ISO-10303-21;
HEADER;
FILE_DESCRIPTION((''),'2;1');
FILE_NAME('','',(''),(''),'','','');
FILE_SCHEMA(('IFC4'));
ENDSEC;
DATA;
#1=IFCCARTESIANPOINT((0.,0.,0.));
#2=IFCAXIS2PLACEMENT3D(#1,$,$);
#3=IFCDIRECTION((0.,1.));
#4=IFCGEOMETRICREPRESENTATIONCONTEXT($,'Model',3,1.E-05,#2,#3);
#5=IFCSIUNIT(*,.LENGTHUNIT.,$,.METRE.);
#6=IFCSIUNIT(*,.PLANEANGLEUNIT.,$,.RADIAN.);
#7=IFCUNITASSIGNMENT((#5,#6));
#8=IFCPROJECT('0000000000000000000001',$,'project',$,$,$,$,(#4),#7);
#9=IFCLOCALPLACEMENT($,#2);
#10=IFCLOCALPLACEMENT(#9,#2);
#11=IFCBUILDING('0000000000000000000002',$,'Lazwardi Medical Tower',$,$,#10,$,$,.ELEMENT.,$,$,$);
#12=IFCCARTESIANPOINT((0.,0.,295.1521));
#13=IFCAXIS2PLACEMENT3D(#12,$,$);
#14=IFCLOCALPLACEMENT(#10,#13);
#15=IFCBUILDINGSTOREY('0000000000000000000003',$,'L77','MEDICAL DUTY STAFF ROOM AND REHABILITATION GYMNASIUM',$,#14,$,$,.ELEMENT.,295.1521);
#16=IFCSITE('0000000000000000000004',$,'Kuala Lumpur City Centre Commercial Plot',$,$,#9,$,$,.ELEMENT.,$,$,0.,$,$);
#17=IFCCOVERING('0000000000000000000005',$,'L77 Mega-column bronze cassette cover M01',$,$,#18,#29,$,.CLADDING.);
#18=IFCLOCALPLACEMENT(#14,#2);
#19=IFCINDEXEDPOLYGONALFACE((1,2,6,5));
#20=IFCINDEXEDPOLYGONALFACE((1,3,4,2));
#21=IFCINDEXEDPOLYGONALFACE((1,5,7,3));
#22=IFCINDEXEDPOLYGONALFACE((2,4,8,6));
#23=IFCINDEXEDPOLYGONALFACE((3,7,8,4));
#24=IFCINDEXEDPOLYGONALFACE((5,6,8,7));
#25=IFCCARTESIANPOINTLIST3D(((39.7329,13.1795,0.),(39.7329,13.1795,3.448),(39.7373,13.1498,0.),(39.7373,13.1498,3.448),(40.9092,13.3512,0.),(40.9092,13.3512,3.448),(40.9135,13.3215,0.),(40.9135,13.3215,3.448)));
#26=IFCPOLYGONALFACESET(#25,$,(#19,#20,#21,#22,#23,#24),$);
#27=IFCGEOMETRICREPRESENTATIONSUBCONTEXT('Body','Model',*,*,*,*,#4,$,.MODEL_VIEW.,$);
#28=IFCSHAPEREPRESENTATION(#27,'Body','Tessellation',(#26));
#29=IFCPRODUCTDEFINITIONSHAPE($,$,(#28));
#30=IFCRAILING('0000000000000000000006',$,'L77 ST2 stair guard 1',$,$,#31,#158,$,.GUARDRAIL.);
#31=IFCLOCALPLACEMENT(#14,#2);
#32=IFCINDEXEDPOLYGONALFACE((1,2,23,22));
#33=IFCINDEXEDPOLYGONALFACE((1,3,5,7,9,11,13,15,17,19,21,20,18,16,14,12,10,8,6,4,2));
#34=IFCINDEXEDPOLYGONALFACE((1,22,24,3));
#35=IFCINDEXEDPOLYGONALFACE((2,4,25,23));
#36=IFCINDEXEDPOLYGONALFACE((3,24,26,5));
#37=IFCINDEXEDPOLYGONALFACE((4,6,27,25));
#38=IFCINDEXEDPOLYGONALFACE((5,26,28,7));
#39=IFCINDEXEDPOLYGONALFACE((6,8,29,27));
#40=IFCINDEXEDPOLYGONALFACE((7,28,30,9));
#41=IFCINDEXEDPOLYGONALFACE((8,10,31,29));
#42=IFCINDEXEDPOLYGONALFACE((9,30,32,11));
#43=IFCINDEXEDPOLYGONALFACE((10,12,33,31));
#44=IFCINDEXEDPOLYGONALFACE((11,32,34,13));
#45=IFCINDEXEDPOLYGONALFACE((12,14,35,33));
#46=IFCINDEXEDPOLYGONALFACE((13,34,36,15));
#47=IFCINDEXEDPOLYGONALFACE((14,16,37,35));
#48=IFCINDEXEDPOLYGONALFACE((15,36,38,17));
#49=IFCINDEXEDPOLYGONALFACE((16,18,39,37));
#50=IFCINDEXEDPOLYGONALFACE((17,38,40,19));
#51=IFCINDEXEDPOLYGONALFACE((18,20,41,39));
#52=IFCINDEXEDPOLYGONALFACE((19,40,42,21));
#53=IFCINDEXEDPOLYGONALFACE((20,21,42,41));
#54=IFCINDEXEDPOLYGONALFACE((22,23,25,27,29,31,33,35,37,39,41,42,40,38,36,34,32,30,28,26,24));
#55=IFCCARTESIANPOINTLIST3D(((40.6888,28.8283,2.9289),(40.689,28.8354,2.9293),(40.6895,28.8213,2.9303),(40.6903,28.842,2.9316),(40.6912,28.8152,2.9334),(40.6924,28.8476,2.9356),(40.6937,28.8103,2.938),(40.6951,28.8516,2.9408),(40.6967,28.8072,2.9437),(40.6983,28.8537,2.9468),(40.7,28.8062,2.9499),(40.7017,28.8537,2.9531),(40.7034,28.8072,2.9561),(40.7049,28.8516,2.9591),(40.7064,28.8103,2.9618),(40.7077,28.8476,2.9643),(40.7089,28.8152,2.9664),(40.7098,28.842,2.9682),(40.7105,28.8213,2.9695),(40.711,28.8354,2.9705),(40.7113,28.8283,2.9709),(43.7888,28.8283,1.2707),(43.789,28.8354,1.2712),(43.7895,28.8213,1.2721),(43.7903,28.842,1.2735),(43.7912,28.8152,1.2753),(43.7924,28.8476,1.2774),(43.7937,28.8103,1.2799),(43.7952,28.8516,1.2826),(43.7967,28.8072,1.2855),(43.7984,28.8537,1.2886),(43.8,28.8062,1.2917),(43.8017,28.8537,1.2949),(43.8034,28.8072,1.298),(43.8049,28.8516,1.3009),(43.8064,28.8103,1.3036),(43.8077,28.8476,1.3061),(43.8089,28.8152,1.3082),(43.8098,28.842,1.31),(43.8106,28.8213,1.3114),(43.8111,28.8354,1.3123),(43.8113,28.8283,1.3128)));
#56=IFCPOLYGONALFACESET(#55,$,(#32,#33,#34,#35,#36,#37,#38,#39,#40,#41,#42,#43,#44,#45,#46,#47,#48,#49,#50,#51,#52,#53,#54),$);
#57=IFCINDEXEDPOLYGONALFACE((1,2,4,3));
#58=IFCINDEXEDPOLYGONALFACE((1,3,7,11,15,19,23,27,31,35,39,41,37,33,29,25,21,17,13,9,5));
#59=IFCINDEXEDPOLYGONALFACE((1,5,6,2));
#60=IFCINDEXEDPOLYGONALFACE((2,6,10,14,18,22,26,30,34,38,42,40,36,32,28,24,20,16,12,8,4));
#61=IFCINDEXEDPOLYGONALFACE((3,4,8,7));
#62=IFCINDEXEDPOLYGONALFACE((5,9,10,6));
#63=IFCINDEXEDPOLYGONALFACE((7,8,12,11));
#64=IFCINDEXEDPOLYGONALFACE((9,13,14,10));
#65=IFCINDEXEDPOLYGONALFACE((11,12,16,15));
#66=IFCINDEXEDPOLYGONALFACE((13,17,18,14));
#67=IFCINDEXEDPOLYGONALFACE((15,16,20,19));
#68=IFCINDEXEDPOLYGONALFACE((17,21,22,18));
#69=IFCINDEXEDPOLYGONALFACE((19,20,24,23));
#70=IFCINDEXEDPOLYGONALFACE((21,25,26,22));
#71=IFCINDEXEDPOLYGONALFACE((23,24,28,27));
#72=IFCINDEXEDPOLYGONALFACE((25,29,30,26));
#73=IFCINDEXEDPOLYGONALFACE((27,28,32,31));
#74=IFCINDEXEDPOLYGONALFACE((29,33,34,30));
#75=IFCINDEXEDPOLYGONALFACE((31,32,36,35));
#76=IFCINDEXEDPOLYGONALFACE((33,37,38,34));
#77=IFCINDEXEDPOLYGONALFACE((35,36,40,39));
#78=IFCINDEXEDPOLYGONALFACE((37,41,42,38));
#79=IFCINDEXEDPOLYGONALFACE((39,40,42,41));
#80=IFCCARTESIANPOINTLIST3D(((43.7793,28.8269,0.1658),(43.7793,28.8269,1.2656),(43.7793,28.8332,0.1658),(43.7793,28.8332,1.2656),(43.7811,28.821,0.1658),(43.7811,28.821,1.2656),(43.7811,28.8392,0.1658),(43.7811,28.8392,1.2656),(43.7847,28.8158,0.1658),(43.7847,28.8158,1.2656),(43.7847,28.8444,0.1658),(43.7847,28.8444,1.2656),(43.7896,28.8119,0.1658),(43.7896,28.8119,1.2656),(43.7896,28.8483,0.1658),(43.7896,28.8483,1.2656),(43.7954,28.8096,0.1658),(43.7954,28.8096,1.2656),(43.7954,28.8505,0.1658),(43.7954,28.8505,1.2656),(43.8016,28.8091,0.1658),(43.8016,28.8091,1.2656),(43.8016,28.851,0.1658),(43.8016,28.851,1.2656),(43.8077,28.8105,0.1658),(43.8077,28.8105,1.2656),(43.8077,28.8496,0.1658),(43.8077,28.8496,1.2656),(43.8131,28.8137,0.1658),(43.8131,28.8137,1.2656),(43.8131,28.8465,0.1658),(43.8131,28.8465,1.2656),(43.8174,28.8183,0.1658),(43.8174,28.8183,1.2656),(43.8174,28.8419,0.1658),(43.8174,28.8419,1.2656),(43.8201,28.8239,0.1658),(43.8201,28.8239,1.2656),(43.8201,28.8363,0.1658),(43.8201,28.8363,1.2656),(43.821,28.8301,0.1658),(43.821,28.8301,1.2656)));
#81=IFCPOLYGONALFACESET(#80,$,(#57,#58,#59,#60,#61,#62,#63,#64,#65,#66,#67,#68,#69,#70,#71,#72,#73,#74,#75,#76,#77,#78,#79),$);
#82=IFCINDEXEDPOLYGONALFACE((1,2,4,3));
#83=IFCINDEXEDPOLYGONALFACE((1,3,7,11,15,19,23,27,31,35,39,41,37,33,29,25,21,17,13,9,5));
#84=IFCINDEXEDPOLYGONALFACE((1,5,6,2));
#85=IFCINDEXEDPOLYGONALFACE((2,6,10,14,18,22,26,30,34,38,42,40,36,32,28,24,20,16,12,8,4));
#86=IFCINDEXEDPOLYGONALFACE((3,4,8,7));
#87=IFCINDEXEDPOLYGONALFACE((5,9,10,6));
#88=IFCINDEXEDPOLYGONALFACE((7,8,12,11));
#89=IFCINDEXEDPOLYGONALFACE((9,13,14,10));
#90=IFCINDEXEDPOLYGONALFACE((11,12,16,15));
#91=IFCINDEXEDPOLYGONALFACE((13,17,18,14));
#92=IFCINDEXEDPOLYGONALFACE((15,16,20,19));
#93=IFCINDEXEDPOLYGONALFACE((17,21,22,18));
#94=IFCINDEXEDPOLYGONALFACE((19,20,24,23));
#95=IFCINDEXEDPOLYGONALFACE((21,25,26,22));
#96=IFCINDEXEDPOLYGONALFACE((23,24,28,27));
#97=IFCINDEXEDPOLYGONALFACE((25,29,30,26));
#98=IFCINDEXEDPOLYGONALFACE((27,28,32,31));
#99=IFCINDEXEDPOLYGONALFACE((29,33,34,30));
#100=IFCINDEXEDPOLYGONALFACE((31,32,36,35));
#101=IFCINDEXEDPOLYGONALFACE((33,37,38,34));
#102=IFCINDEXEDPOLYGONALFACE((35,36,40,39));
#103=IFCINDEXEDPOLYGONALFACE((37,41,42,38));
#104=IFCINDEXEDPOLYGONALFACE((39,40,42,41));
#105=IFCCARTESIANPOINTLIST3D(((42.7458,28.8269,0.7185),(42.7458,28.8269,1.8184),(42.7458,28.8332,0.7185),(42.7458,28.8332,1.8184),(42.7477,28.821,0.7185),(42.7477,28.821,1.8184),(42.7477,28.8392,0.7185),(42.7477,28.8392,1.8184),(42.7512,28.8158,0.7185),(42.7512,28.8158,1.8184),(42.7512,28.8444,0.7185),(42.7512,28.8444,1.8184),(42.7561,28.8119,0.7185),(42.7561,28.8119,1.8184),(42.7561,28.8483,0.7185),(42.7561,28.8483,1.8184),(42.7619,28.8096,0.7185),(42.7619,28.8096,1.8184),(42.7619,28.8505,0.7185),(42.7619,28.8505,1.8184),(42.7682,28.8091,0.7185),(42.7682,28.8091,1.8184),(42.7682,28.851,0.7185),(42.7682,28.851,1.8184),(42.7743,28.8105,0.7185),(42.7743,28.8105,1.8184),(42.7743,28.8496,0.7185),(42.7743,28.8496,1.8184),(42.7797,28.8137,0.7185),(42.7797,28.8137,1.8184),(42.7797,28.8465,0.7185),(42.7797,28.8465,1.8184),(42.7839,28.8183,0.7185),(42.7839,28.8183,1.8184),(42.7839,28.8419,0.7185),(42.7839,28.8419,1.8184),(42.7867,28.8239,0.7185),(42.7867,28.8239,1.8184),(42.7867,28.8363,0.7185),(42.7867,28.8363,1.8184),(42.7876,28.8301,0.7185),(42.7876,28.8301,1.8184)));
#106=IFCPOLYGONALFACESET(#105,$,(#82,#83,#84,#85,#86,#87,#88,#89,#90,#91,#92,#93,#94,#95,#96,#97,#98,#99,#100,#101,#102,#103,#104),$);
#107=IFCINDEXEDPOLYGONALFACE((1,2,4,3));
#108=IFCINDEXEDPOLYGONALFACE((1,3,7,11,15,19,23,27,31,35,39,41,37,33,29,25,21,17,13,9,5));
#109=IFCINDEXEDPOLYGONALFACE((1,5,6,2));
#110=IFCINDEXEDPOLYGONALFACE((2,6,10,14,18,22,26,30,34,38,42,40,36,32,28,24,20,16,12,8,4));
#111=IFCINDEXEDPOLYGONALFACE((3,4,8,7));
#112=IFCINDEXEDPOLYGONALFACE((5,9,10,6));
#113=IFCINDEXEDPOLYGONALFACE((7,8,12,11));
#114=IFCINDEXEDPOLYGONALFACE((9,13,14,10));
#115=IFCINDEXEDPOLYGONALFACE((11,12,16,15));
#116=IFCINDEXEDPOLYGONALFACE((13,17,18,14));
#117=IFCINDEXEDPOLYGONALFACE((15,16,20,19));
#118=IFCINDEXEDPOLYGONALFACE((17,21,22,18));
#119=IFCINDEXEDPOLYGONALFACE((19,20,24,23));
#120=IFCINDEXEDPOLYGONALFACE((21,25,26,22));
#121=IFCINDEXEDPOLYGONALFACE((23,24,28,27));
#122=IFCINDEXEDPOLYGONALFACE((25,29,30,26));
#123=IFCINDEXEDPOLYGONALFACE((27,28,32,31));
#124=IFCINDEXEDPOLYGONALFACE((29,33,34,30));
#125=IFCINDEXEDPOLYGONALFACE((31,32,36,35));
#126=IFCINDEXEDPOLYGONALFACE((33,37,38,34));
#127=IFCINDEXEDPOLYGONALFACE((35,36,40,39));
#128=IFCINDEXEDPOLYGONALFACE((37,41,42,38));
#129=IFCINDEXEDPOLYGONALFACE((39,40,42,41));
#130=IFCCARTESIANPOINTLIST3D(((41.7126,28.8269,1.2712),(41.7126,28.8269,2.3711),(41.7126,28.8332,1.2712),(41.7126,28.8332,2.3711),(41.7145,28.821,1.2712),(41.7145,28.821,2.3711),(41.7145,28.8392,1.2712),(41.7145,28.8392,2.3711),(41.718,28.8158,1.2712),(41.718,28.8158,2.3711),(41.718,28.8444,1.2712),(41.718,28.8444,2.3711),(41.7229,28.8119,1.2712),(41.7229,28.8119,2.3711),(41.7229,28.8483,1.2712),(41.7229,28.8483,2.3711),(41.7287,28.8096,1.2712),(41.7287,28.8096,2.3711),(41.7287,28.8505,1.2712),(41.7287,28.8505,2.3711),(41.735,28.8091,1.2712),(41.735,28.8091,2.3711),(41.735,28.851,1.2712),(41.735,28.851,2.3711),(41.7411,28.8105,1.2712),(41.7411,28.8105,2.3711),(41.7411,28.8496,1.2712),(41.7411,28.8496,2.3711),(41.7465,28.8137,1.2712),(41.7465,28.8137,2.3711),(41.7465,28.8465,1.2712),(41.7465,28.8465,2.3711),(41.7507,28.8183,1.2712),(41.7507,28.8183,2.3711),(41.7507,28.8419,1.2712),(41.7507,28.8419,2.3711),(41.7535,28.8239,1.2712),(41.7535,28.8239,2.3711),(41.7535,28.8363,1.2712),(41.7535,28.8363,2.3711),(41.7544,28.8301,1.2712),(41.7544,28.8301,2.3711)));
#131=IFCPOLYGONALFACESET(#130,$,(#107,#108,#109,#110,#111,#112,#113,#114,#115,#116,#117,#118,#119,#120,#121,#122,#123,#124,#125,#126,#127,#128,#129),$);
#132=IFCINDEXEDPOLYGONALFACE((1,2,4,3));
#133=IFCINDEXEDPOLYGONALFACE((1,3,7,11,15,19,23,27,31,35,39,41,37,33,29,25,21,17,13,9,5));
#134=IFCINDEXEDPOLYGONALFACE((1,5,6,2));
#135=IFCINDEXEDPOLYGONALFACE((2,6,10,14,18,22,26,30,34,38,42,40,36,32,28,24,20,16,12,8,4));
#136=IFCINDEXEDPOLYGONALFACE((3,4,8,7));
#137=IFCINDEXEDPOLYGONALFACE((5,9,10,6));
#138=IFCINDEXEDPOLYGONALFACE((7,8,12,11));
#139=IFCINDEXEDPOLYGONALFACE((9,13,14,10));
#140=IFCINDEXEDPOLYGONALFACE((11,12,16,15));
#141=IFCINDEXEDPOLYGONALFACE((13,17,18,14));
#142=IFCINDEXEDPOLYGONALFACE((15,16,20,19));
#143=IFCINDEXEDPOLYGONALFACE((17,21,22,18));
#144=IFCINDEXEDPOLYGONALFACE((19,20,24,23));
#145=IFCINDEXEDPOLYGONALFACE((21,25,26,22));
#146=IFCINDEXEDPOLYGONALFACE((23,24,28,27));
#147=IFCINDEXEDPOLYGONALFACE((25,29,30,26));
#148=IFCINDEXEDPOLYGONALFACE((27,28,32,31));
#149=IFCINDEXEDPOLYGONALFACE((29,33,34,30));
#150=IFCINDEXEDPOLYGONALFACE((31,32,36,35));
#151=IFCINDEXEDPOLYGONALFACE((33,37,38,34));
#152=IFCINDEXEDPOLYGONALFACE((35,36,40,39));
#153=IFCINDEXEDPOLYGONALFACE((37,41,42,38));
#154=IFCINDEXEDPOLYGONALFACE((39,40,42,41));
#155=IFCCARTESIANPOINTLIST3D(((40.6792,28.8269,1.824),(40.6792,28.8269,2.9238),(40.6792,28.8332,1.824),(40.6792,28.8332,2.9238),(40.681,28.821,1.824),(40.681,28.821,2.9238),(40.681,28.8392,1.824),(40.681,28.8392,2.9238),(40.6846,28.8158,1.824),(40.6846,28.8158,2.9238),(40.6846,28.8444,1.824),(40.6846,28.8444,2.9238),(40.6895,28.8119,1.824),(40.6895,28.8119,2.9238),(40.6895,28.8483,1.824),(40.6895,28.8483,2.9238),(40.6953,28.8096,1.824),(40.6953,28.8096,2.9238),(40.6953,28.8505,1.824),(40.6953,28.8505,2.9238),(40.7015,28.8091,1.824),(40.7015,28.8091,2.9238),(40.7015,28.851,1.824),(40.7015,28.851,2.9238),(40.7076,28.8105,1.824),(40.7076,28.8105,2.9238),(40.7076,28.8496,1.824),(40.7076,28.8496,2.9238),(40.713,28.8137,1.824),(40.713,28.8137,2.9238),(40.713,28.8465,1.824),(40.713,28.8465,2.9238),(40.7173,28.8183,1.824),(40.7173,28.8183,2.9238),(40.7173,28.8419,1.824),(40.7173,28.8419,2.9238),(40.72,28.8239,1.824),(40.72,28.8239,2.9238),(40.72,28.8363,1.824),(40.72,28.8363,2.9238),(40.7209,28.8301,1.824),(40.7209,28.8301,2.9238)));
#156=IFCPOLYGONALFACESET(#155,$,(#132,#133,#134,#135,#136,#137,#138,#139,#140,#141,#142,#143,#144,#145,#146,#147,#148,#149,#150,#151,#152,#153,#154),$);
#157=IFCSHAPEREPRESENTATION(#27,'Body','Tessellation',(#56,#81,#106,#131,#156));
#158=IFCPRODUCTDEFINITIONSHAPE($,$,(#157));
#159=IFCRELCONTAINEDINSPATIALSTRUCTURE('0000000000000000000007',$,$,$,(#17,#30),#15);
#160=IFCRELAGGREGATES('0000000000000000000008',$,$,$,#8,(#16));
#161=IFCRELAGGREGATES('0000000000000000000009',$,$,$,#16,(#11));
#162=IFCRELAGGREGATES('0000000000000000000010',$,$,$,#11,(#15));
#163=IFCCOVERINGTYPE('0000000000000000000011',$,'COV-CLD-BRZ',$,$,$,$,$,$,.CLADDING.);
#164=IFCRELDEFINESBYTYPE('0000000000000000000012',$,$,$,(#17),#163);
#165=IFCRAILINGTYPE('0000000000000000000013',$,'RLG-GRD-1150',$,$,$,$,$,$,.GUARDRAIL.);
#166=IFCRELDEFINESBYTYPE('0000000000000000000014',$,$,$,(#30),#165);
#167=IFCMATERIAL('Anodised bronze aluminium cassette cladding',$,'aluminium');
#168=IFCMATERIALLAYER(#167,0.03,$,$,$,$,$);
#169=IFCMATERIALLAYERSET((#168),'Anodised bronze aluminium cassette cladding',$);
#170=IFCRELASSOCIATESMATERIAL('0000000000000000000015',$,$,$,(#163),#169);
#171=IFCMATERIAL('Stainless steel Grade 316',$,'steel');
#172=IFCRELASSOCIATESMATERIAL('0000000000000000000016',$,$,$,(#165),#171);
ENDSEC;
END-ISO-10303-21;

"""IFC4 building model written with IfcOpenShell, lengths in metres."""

from ifc_helpers import new_model, si_unit, direction, frame, origin, origin_2d, place, context, subcontext, project, spatial, rectangle, circle, extrude, material, layer, layer_set, type_object, element, save


model = new_model("IFC4")

# Units and contexts
model_context = context("Model", 3, precision=1e-05, world=origin(), true_north=direction((0.0, 1.0)))
body_context = subcontext(model_context, "Body", "Model", "MODEL_VIEW")
ifc_project = project(units=[si_unit("LENGTHUNIT", "METRE"), si_unit("PLANEANGLEUNIT", "RADIAN")], contexts=[model_context])

# Site, building, storey
site_placement = place(None, origin())
site = spatial("IfcSite", under=ifc_project, at=site_placement, Name="Kuala Lumpur City Centre Commercial Plot", CompositionType="ELEMENT", RefElevation=0.0)
building_placement = place(site_placement, origin())
building = spatial("IfcBuilding", under=site, at=building_placement, Name="Lazwardi Medical Tower", CompositionType="ELEMENT")
storey_placement = place(building_placement, frame((0.0, 0.0, 295.1521)))
storey = spatial("IfcBuildingStorey", under=building, at=storey_placement, Name="L77", Description="MEDICAL DUTY STAFF ROOM AND REHABILITATION GYMNASIUM", CompositionType="ELEMENT", Elevation=295.1521)

# Covering
ifc_material_1 = material(Name="Anodised bronze aluminium cassette cladding", Category="aluminium")
ifc_layer_1 = layer(ifc_material_1, 0.03)
ifc_layer_set_1 = layer_set([ifc_layer_1], Name="Anodised bronze aluminium cassette cladding")
covering_type = type_object("IfcCoveringType", Name="COV-CLD-BRZ", PredefinedType="CLADDING", material=ifc_layer_set_1)
covering_placement = place(storey_placement, frame((40.3232, 13.2505, 0.0), z_axis=(0.0, 0.0, 1.0), x_axis=(0.989512, 0.144448, 0.0)))
element("IfcCovering", 1, at=covering_placement, inside=storey, type_object=covering_type, Name="L77 Mega-column bronze cassette cover M01", PredefinedType="CLADDING", context=body_context, shape_type="SweptSolid", body=[
    extrude(rectangle(XDim=1.1887, YDim=0.03, at=origin_2d()), origin(), (0.0, 0.0, 1.0), 3.448),
])

# Railing
ifc_material_2 = material(Name="Stainless steel Grade 316", Category="steel")
railing_type_1 = type_object("IfcRailingType", Name="RLG-GRD-1150", PredefinedType="GUARDRAIL", material=ifc_material_2)
railing_1_placement = place(storey_placement, frame((43.8, 28.8301, 0.1658)))
element("IfcRailing", 2, at=railing_1_placement, inside=storey, type_object=railing_type_1, Name="L77 ST2 stair guard 1", PredefinedType="GUARDRAIL", context=body_context, shape_type="SweptSolid", body=[
    extrude(circle(Radius=0.0239, at=origin_2d()), frame((0.0, 0.0, 1.126), z_axis=(-0.881783, 0.0, 0.471655), x_axis=(0.0, -1.0, 0.0)), (0.0, 0.0, 1.0), 3.5156),
    extrude(circle(Radius=0.021, at=origin_2d()), origin(), (0.0, 0.0, 1.0), 1.0999),
    extrude(circle(Radius=0.021, at=origin_2d()), frame((-1.0334, 0.0, 0.5527)), (0.0, 0.0, 1.0), 1.0999),
    extrude(circle(Radius=0.021, at=origin_2d()), frame((-2.0667, 0.0, 1.1055)), (0.0, 0.0, 1.0), 1.0999),
    extrude(circle(Radius=0.021, at=origin_2d()), frame((-3.1001, 0.0, 1.6582)), (0.0, 0.0, 1.0), 1.0999),
])

save(model, "model.ifc")
